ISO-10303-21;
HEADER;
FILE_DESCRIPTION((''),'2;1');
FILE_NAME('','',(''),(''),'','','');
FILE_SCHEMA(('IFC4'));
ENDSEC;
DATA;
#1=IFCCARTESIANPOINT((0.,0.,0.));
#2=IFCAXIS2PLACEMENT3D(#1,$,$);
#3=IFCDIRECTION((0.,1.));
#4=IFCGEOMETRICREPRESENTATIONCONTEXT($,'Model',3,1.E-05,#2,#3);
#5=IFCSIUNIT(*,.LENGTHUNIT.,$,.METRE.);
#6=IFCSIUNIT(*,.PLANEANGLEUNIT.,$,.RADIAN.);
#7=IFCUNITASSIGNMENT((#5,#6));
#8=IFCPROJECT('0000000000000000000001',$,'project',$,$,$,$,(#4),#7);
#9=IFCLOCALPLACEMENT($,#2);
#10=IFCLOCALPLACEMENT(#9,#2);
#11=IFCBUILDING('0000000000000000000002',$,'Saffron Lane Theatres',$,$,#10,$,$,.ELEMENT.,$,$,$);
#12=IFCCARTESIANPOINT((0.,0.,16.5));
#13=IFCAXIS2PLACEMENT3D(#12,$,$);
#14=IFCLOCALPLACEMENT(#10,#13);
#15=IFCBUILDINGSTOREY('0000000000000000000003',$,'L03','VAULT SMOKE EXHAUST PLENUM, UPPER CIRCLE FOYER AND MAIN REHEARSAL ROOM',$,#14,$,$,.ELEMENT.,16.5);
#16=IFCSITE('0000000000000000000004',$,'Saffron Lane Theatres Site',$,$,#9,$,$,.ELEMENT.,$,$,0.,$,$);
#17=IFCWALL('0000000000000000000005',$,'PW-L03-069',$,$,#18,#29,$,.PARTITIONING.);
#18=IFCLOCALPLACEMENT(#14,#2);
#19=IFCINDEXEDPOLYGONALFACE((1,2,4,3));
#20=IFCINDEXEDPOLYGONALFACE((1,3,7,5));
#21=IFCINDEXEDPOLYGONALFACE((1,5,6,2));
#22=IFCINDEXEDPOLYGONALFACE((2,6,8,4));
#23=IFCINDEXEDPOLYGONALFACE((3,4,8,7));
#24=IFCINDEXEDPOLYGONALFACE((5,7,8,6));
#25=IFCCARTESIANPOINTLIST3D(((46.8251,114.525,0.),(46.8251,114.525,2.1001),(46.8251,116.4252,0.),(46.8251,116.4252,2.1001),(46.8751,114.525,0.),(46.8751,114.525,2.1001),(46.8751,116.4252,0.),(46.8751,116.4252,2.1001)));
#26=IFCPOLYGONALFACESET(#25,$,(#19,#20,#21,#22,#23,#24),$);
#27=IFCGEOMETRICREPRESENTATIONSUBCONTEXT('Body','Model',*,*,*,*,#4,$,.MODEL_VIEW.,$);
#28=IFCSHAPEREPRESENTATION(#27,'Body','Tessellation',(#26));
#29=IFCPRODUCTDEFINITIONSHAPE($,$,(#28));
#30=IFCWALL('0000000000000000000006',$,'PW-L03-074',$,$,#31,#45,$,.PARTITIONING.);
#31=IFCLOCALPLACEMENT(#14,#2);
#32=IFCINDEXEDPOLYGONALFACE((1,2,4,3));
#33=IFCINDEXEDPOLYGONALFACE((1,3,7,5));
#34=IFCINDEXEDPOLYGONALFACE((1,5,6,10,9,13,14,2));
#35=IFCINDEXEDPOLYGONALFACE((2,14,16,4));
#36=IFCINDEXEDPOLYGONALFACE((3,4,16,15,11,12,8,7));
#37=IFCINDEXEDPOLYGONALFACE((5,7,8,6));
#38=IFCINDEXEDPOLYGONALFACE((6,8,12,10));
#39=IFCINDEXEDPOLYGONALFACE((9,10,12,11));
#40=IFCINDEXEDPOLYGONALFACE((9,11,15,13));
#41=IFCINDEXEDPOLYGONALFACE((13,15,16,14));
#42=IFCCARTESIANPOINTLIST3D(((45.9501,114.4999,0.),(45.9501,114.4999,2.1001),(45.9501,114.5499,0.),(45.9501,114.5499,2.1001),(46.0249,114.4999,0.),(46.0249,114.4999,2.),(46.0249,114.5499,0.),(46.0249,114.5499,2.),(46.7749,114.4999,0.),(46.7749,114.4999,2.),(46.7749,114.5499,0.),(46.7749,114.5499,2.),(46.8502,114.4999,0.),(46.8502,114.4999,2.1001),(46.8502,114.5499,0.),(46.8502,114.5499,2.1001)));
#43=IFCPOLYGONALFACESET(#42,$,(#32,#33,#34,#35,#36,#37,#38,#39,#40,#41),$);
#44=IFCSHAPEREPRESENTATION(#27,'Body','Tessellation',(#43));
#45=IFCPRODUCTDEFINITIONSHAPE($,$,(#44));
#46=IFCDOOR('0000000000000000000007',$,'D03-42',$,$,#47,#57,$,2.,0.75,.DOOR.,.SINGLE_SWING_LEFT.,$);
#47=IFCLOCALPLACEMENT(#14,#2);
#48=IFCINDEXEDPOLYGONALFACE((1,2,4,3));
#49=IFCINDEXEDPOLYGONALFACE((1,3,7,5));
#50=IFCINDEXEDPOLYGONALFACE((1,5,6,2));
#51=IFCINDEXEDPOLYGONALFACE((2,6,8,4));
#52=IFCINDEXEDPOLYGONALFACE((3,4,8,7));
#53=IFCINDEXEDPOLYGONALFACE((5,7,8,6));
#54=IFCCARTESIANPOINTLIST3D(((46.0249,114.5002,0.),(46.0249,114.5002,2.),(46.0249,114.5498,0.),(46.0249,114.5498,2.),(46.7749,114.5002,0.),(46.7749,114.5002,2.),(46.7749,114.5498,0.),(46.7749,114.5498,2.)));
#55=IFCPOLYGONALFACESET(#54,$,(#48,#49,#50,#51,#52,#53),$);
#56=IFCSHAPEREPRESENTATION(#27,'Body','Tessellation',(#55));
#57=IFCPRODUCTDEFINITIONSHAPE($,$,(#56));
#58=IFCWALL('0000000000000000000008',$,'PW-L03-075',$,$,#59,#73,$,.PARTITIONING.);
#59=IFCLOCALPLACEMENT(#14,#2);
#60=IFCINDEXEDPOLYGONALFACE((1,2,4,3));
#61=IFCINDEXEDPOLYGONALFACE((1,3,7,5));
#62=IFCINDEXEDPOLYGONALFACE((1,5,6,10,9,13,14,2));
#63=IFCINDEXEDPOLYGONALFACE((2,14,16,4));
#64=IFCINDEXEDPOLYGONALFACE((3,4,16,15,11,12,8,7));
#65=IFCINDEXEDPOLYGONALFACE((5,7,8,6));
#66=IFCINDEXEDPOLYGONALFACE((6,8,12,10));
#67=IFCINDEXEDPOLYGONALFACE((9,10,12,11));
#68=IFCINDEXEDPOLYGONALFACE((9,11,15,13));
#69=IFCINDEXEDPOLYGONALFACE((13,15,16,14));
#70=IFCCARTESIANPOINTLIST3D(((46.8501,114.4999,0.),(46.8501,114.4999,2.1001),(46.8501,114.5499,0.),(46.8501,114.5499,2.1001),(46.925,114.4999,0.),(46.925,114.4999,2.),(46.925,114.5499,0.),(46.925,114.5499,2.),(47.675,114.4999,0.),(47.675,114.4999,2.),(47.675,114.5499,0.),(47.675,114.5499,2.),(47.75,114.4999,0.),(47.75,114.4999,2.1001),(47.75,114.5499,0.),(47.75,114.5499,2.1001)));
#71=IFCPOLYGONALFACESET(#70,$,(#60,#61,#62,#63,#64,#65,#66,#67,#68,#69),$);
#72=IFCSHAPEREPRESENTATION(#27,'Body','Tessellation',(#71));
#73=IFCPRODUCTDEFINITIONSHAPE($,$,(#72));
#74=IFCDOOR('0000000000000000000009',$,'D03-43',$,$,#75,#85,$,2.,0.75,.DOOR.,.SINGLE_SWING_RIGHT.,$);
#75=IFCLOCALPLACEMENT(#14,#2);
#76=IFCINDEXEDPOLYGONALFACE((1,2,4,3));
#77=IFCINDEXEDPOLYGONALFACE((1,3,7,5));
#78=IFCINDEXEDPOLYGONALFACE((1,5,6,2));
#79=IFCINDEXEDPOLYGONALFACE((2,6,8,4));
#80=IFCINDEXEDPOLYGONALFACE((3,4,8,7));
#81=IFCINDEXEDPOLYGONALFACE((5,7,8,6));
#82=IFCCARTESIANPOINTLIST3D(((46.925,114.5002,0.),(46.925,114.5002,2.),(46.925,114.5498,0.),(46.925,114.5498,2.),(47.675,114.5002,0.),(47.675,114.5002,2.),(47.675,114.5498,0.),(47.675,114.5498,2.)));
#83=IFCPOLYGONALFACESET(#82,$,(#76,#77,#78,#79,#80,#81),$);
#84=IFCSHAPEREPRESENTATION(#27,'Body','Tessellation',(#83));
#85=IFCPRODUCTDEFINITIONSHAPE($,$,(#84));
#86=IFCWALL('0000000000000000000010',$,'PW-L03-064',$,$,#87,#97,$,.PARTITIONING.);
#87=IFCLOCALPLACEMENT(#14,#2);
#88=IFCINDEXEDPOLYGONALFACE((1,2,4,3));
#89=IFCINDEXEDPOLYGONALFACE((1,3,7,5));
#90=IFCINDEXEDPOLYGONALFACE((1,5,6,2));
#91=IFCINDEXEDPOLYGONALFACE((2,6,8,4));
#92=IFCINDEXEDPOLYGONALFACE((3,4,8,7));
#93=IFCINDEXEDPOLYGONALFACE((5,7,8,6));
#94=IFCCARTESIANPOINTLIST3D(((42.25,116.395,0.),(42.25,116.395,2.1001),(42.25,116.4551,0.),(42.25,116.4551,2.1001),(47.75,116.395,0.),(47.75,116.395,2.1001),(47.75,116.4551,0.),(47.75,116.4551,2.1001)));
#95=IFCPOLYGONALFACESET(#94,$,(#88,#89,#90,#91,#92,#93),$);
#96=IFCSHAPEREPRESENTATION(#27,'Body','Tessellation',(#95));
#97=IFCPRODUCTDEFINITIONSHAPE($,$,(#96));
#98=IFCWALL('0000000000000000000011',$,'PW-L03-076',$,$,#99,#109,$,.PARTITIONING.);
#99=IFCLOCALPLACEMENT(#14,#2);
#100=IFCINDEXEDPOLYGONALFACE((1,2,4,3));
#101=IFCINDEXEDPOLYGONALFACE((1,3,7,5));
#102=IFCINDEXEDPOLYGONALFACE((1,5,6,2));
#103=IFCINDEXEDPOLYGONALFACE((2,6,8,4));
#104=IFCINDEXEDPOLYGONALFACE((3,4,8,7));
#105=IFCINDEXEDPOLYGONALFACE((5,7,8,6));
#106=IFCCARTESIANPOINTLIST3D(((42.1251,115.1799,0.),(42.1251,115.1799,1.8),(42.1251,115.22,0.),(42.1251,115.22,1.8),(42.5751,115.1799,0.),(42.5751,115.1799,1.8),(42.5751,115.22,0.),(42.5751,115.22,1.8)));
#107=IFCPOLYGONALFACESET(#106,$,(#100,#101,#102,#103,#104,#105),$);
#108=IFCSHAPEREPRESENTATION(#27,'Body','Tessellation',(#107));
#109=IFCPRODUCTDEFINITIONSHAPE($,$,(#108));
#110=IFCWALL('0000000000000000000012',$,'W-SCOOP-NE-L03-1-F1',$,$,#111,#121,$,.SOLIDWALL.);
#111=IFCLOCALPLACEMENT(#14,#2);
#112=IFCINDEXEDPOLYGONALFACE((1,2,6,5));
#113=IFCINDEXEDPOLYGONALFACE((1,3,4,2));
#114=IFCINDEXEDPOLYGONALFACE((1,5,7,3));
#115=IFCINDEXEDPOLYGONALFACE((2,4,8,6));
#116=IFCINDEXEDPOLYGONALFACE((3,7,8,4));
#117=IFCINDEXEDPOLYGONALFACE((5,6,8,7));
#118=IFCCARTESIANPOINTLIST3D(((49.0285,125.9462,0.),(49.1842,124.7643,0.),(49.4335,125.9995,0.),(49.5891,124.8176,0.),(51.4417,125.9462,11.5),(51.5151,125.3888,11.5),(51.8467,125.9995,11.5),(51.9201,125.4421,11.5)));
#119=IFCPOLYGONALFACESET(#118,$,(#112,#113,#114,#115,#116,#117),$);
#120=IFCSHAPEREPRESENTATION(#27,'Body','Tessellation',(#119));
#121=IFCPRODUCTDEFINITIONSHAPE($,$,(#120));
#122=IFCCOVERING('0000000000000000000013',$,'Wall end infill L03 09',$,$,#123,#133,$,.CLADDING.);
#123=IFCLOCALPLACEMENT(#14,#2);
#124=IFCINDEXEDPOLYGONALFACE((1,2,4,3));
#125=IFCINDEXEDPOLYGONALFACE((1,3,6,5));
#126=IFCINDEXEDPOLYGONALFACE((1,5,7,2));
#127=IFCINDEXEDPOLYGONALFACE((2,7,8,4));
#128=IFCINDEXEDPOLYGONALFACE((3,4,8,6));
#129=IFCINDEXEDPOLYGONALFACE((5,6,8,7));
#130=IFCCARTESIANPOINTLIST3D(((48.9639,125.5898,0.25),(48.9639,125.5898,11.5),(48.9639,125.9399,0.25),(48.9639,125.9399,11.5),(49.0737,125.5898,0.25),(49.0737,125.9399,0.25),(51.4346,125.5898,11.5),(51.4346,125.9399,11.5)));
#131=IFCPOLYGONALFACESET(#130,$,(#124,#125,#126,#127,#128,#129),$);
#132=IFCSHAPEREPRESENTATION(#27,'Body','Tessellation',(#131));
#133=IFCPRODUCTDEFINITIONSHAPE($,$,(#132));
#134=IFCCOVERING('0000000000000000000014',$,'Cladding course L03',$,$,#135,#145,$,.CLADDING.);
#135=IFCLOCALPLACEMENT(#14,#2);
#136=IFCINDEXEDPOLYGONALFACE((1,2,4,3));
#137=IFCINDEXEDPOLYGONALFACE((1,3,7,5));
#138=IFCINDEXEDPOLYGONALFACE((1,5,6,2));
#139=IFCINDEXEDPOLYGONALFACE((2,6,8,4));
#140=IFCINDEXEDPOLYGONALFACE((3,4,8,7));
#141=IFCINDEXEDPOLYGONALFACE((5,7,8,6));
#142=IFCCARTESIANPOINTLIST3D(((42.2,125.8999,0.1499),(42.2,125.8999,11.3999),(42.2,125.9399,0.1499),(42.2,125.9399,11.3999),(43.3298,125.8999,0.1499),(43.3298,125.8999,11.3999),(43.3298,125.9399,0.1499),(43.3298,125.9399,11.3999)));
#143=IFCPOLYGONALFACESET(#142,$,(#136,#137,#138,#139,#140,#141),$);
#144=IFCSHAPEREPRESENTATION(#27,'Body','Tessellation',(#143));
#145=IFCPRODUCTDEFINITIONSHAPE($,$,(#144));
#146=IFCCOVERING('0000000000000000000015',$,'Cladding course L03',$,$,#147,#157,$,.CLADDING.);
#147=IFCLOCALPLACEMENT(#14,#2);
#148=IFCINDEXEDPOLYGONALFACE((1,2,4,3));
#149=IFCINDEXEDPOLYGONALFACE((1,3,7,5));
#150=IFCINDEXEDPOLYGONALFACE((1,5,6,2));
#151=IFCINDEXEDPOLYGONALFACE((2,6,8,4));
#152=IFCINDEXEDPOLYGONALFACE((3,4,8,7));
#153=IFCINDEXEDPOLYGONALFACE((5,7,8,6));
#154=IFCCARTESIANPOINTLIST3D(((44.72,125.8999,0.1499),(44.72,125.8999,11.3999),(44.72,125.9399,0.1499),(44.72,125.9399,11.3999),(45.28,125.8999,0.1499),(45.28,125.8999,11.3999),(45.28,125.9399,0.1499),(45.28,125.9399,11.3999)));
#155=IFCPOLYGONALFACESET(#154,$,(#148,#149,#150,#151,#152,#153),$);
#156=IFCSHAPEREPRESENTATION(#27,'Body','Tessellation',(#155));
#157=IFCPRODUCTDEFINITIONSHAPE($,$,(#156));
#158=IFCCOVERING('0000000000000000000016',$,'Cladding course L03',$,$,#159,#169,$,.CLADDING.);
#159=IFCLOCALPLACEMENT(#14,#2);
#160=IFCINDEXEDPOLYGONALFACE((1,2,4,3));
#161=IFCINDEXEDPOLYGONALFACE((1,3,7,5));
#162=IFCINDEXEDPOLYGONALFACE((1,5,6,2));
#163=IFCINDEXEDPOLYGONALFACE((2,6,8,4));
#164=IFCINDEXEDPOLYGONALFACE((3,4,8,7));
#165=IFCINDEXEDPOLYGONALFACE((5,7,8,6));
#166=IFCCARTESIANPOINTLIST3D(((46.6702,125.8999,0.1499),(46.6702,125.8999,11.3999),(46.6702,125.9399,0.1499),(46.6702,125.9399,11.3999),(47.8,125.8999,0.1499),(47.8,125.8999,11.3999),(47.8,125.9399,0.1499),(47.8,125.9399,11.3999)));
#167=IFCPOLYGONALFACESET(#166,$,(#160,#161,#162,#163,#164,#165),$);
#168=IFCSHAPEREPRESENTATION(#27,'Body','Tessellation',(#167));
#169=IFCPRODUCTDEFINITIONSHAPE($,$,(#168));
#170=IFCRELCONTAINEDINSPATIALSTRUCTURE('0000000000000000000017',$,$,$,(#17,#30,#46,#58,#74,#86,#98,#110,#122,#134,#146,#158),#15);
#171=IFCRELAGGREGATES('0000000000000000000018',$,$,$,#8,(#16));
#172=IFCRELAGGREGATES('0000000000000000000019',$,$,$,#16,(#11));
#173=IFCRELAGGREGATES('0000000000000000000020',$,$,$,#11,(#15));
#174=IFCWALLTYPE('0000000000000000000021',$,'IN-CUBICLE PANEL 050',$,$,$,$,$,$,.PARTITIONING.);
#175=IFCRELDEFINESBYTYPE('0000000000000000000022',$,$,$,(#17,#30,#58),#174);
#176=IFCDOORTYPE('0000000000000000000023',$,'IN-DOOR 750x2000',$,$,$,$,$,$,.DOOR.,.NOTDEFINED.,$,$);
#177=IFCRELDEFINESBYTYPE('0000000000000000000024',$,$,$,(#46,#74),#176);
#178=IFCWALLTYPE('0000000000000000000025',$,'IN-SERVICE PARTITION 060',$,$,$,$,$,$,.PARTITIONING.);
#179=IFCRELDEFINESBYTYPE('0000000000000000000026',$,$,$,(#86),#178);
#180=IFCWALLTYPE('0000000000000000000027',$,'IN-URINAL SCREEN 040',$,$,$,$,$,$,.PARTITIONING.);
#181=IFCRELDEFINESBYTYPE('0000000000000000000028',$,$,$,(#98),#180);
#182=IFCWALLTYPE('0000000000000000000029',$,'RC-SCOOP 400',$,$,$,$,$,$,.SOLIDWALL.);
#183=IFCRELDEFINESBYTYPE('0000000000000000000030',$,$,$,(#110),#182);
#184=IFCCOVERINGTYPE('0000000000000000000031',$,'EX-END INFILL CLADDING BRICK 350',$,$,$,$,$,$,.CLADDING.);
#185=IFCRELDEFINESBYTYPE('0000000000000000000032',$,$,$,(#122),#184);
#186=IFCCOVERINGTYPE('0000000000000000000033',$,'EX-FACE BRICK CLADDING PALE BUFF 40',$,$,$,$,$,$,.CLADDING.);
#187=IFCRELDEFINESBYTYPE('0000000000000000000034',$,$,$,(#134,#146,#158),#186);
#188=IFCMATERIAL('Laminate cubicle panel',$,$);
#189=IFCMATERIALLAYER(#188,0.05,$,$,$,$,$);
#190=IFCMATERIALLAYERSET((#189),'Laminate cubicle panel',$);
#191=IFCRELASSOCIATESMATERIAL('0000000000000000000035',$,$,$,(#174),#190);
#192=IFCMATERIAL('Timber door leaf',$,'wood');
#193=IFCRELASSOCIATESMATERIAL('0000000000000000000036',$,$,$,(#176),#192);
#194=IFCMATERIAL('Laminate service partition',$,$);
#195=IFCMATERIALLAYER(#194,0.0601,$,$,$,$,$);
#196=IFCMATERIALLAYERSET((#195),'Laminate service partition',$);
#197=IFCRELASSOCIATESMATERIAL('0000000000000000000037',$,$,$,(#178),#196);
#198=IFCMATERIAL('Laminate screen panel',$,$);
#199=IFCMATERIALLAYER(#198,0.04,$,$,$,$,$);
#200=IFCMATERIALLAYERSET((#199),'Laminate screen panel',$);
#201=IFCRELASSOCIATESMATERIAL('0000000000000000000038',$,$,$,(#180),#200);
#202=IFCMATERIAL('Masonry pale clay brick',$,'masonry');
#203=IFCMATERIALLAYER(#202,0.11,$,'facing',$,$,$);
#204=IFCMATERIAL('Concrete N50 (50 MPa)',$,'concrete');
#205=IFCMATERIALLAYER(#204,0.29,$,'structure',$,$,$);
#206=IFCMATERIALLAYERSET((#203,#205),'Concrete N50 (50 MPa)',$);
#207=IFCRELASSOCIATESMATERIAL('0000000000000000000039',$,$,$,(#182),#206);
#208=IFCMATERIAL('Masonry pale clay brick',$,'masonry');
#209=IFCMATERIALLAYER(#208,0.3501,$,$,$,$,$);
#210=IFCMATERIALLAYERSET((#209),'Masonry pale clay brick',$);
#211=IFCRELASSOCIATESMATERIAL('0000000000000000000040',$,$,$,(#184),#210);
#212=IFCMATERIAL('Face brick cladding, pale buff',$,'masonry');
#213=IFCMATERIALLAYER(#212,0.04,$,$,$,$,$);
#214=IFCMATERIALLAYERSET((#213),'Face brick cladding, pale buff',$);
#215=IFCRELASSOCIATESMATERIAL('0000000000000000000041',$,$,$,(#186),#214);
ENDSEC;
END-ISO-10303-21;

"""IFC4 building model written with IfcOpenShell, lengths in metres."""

from ifc_helpers import new_model, si_unit, direction, frame, frame_2d, origin, origin_2d, place, context, subcontext, project, spatial, polyline, rectangle, outline, extrude, material, layer, layer_set, type_object, element, fill, save


model = new_model("IFC4")

# Units and contexts
model_context = context("Model", 3, precision=1e-05, world=origin(), true_north=direction((0.0, 1.0)))
body_context = subcontext(model_context, "Body", "Model", "MODEL_VIEW")
ifc_project = project(units=[si_unit("LENGTHUNIT", "METRE"), si_unit("PLANEANGLEUNIT", "RADIAN")], contexts=[model_context])

# Site, building, storey
site_placement = place(None, origin())
site = spatial("IfcSite", under=ifc_project, at=site_placement, Name="Saffron Lane Theatres Site", CompositionType="ELEMENT", RefElevation=0.0)
building_placement = place(site_placement, origin())
building = spatial("IfcBuilding", under=site, at=building_placement, Name="Saffron Lane Theatres", CompositionType="ELEMENT")
storey_placement = place(building_placement, frame((0.0, 0.0, 16.5)))
storey = spatial("IfcBuildingStorey", under=building, at=storey_placement, Name="L03", Description="VAULT SMOKE EXHAUST PLENUM, UPPER CIRCLE FOYER AND MAIN REHEARSAL ROOM", CompositionType="ELEMENT", Elevation=16.5)

# Wall
ifc_material_1 = material(Name="Laminate cubicle panel")
ifc_layer_1 = layer(ifc_material_1, 0.05)
ifc_layer_set_1 = layer_set([ifc_layer_1], Name="Laminate cubicle panel")
wall_type_1 = type_object("IfcWallType", Name="IN-CUBICLE PANEL 050", PredefinedType="PARTITIONING", material=ifc_layer_set_1)
wall_1_placement = place(storey_placement, frame((46.8501, 114.5249, 0.0), z_axis=(0.0, 0.0, 1.0), x_axis=(0.0, 1.0, 0.0)))
element("IfcWall", 1, at=wall_1_placement, inside=storey, type_object=wall_type_1, Name="PW-L03-069", PredefinedType="PARTITIONING", context=body_context, shape_type="SweptSolid", body=[
    extrude(rectangle(XDim=1.9001, YDim=0.05, at=frame_2d((0.9502, 0.0))), origin(), (0.0, 0.0, 1.0), 2.1001),
])

# Walls, openings, doors
wall_2_placement = place(storey_placement, frame((45.95, 114.5249, 0.0), z_axis=(0.0, 0.0, 1.0), x_axis=(1.0, 0.0, 0.0)))
wall_2 = element("IfcWall", 2, at=wall_2_placement, inside=storey, type_object=wall_type_1, Name="PW-L03-074", PredefinedType="PARTITIONING", context=body_context, shape_type="SweptSolid", body=[
    extrude(rectangle(XDim=0.9001, YDim=0.05, at=frame_2d((0.4502, 0.0))), origin(), (0.0, 0.0, 1.0), 2.1001),
])
opening_1_placement = place(wall_2_placement, frame((0.075, 0.0, 0.0)))
opening_1 = element("IfcOpeningElement", 3, at=opening_1_placement, cuts=wall_2, PredefinedType="OPENING", context=body_context, shape_type="SweptSolid", body=[
    extrude(rectangle(XDim=0.75, YDim=2.0, at=frame_2d((0.375, 1.0))), frame((0.0, 0.0352, 0.0), z_axis=(0.0, -1.0, 0.0), x_axis=(1.0, 0.0, 0.0)), (0.0, 0.0, 1.0), 0.0701),
])
ifc_material_2 = material(Name="Timber door leaf", Category="wood")
door_type = type_object("IfcDoorType", Name="IN-DOOR 750x2000", OperationType="NOTDEFINED", PredefinedType="DOOR", material=ifc_material_2)
door_1_placement = place(opening_1_placement, origin())
door_1 = element("IfcDoor", 4, at=door_1_placement, inside=storey, type_object=door_type, Name="D03-42", OperationType="SINGLE_SWING_LEFT", OverallHeight=2.0, OverallWidth=0.75, PredefinedType="DOOR", context=body_context, shape_type="SweptSolid", body=[
    extrude(rectangle(XDim=0.75, YDim=2.0, at=frame_2d((0.375, 1.0))), frame((0.0, 0.0249, 0.0), z_axis=(0.0, -1.0, 0.0), x_axis=(1.0, 0.0, 0.0)), (0.0, 0.0, 1.0), 0.0496),
])
fill(opening_1, door_1)
wall_3_placement = place(storey_placement, frame((46.8501, 114.5249, 0.0), z_axis=(0.0, 0.0, 1.0), x_axis=(1.0, 0.0, 0.0)))
wall_3 = element("IfcWall", 5, at=wall_3_placement, inside=storey, type_object=wall_type_1, Name="PW-L03-075", PredefinedType="PARTITIONING", context=body_context, shape_type="SweptSolid", body=[
    extrude(rectangle(XDim=0.8999, YDim=0.05, at=frame_2d((0.45, 0.0))), origin(), (0.0, 0.0, 1.0), 2.1001),
])
opening_2_placement = place(wall_3_placement, frame((0.075, 0.0, 0.0)))
opening_2 = element("IfcOpeningElement", 6, at=opening_2_placement, cuts=wall_3, PredefinedType="OPENING", context=body_context, shape_type="SweptSolid", body=[
    extrude(rectangle(XDim=0.75, YDim=2.0, at=frame_2d((0.375, 1.0))), frame((0.0, 0.0352, 0.0), z_axis=(0.0, -1.0, 0.0), x_axis=(1.0, 0.0, 0.0)), (0.0, 0.0, 1.0), 0.0701),
])
door_2_placement = place(opening_2_placement, origin())
door_2 = element("IfcDoor", 7, at=door_2_placement, inside=storey, type_object=door_type, Name="D03-43", OperationType="SINGLE_SWING_RIGHT", OverallHeight=2.0, OverallWidth=0.75, PredefinedType="DOOR", context=body_context, shape_type="SweptSolid", body=[
    extrude(rectangle(XDim=0.75, YDim=2.0, at=frame_2d((0.375, 1.0))), frame((0.0, 0.0249, 0.0), z_axis=(0.0, -1.0, 0.0), x_axis=(1.0, 0.0, 0.0)), (0.0, 0.0, 1.0), 0.0496),
])
fill(opening_2, door_2)

# Walls
ifc_material_3 = material(Name="Laminate service partition")
ifc_layer_2 = layer(ifc_material_3, 0.0601)
ifc_layer_set_2 = layer_set([ifc_layer_2], Name="Laminate service partition")
wall_type_2 = type_object("IfcWallType", Name="IN-SERVICE PARTITION 060", PredefinedType="PARTITIONING", material=ifc_layer_set_2)
wall_4_placement = place(storey_placement, frame((42.25, 116.425, 0.0), z_axis=(0.0, 0.0, 1.0), x_axis=(1.0, 0.0, 0.0)))
element("IfcWall", 8, at=wall_4_placement, inside=storey, type_object=wall_type_2, Name="PW-L03-064", PredefinedType="PARTITIONING", context=body_context, shape_type="SweptSolid", body=[
    extrude(rectangle(XDim=5.5, YDim=0.0601, at=frame_2d((2.75, 0.0))), origin(), (0.0, 0.0, 1.0), 2.1001),
])
ifc_material_4 = material(Name="Laminate screen panel")
ifc_layer_3 = layer(ifc_material_4, 0.04)
ifc_layer_set_3 = layer_set([ifc_layer_3], Name="Laminate screen panel")
wall_type_3 = type_object("IfcWallType", Name="IN-URINAL SCREEN 040", PredefinedType="PARTITIONING", material=ifc_layer_set_3)
wall_5_placement = place(storey_placement, frame((42.125, 115.2, 0.0), z_axis=(0.0, 0.0, 1.0), x_axis=(1.0, 0.0, 0.0)))
element("IfcWall", 9, at=wall_5_placement, inside=storey, type_object=wall_type_3, Name="PW-L03-076", PredefinedType="PARTITIONING", context=body_context, shape_type="SweptSolid", body=[
    extrude(rectangle(XDim=0.45, YDim=0.04, at=frame_2d((0.2251, 0.0))), origin(), (0.0, 0.0, 1.0), 1.8),
])
ifc_material_5 = material(Name="Masonry pale clay brick", Category="masonry")
ifc_layer_4 = layer(ifc_material_5, 0.11, Name="facing")
ifc_material_6 = material(Name="Concrete N50 (50 MPa)", Category="concrete")
ifc_layer_5 = layer(ifc_material_6, 0.29, Name="structure")
ifc_layer_set_4 = layer_set([ifc_layer_4, ifc_layer_5], Name="Concrete N50 (50 MPa)")
wall_type_4 = type_object("IfcWallType", Name="RC-SCOOP 400", PredefinedType="SOLIDWALL", material=ifc_layer_set_4)
wall_6_placement = place(storey_placement, frame((49.5891, 124.8176, 0.0), z_axis=(-0.970659, -0.127804, 0.203685), x_axis=(-0.130538, 0.991443, 0.000016)))
element("IfcWall", 10, at=wall_6_placement, inside=storey, type_object=wall_type_4, Name="W-SCOOP-NE-L03-1-F1", PredefinedType="SOLIDWALL", context=body_context, shape_type="SweptSolid", body=[
    extrude(outline(polyline([(0.0, 0.0), (1.1921, 0.0), (0.8773, -11.7462), (0.3151, -11.7463), (0.0, 0.0)])), origin(), (0.000012, 0.203685, 0.979036), 0.4084),
])

# Coverings
ifc_material_7 = material(Name="Masonry pale clay brick", Category="masonry")
ifc_layer_6 = layer(ifc_material_7, 0.3501)
ifc_layer_set_5 = layer_set([ifc_layer_6], Name="Masonry pale clay brick")
covering_type_1 = type_object("IfcCoveringType", Name="EX-END INFILL CLADDING BRICK 350", PredefinedType="CLADDING", material=ifc_layer_set_5)
covering_1_placement = place(storey_placement, frame((48.9639, 125.9399, 0.25), z_axis=(0.0, 1.0, 0.0), x_axis=(0.0, 0.0, 1.0)))
element("IfcCovering", 11, at=covering_1_placement, inside=storey, type_object=covering_type_1, Name="Wall end infill L03 09", PredefinedType="CLADDING", context=body_context, shape_type="SweptSolid", body=[
    extrude(outline(polyline([(0.0, 0.0), (11.25, 0.0), (11.25, 2.4707), (0.0, 0.1099), (0.0, 0.0)])), origin(), (0.0, 0.0, -1.0), 0.3501),
])
ifc_material_8 = material(Name="Face brick cladding, pale buff", Category="masonry")
ifc_layer_7 = layer(ifc_material_8, 0.04)
ifc_layer_set_6 = layer_set([ifc_layer_7], Name="Face brick cladding, pale buff")
covering_type_2 = type_object("IfcCoveringType", Name="EX-FACE BRICK CLADDING PALE BUFF 40", PredefinedType="CLADDING", material=ifc_layer_set_6)
covering_2_placement = place(storey_placement, frame((42.7649, 125.9199, 0.1499), z_axis=(0.0, 0.0, 1.0), x_axis=(1.0, 0.0, 0.0)))
element("IfcCovering", 12, at=covering_2_placement, inside=storey, type_object=covering_type_2, Name="Cladding course L03", PredefinedType="CLADDING", context=body_context, shape_type="SweptSolid", body=[
    extrude(rectangle(XDim=1.1299, YDim=0.04, at=origin_2d()), origin(), (0.0, 0.0, 1.0), 11.25),
])
covering_3_placement = place(storey_placement, frame((45.0, 125.9199, 0.1499), z_axis=(0.0, 0.0, 1.0), x_axis=(1.0, 0.0, 0.0)))
element("IfcCovering", 13, at=covering_3_placement, inside=storey, type_object=covering_type_2, Name="Cladding course L03", PredefinedType="CLADDING", context=body_context, shape_type="SweptSolid", body=[
    extrude(rectangle(XDim=0.5601, YDim=0.04, at=origin_2d()), origin(), (0.0, 0.0, 1.0), 11.25),
])
covering_4_placement = place(storey_placement, frame((47.2351, 125.9199, 0.1499), z_axis=(0.0, 0.0, 1.0), x_axis=(1.0, 0.0, 0.0)))
element("IfcCovering", 14, at=covering_4_placement, inside=storey, type_object=covering_type_2, Name="Cladding course L03", PredefinedType="CLADDING", context=body_context, shape_type="SweptSolid", body=[
    extrude(rectangle(XDim=1.1299, YDim=0.04, at=origin_2d()), origin(), (0.0, 0.0, 1.0), 11.25),
])

save(model, "model.ifc")
